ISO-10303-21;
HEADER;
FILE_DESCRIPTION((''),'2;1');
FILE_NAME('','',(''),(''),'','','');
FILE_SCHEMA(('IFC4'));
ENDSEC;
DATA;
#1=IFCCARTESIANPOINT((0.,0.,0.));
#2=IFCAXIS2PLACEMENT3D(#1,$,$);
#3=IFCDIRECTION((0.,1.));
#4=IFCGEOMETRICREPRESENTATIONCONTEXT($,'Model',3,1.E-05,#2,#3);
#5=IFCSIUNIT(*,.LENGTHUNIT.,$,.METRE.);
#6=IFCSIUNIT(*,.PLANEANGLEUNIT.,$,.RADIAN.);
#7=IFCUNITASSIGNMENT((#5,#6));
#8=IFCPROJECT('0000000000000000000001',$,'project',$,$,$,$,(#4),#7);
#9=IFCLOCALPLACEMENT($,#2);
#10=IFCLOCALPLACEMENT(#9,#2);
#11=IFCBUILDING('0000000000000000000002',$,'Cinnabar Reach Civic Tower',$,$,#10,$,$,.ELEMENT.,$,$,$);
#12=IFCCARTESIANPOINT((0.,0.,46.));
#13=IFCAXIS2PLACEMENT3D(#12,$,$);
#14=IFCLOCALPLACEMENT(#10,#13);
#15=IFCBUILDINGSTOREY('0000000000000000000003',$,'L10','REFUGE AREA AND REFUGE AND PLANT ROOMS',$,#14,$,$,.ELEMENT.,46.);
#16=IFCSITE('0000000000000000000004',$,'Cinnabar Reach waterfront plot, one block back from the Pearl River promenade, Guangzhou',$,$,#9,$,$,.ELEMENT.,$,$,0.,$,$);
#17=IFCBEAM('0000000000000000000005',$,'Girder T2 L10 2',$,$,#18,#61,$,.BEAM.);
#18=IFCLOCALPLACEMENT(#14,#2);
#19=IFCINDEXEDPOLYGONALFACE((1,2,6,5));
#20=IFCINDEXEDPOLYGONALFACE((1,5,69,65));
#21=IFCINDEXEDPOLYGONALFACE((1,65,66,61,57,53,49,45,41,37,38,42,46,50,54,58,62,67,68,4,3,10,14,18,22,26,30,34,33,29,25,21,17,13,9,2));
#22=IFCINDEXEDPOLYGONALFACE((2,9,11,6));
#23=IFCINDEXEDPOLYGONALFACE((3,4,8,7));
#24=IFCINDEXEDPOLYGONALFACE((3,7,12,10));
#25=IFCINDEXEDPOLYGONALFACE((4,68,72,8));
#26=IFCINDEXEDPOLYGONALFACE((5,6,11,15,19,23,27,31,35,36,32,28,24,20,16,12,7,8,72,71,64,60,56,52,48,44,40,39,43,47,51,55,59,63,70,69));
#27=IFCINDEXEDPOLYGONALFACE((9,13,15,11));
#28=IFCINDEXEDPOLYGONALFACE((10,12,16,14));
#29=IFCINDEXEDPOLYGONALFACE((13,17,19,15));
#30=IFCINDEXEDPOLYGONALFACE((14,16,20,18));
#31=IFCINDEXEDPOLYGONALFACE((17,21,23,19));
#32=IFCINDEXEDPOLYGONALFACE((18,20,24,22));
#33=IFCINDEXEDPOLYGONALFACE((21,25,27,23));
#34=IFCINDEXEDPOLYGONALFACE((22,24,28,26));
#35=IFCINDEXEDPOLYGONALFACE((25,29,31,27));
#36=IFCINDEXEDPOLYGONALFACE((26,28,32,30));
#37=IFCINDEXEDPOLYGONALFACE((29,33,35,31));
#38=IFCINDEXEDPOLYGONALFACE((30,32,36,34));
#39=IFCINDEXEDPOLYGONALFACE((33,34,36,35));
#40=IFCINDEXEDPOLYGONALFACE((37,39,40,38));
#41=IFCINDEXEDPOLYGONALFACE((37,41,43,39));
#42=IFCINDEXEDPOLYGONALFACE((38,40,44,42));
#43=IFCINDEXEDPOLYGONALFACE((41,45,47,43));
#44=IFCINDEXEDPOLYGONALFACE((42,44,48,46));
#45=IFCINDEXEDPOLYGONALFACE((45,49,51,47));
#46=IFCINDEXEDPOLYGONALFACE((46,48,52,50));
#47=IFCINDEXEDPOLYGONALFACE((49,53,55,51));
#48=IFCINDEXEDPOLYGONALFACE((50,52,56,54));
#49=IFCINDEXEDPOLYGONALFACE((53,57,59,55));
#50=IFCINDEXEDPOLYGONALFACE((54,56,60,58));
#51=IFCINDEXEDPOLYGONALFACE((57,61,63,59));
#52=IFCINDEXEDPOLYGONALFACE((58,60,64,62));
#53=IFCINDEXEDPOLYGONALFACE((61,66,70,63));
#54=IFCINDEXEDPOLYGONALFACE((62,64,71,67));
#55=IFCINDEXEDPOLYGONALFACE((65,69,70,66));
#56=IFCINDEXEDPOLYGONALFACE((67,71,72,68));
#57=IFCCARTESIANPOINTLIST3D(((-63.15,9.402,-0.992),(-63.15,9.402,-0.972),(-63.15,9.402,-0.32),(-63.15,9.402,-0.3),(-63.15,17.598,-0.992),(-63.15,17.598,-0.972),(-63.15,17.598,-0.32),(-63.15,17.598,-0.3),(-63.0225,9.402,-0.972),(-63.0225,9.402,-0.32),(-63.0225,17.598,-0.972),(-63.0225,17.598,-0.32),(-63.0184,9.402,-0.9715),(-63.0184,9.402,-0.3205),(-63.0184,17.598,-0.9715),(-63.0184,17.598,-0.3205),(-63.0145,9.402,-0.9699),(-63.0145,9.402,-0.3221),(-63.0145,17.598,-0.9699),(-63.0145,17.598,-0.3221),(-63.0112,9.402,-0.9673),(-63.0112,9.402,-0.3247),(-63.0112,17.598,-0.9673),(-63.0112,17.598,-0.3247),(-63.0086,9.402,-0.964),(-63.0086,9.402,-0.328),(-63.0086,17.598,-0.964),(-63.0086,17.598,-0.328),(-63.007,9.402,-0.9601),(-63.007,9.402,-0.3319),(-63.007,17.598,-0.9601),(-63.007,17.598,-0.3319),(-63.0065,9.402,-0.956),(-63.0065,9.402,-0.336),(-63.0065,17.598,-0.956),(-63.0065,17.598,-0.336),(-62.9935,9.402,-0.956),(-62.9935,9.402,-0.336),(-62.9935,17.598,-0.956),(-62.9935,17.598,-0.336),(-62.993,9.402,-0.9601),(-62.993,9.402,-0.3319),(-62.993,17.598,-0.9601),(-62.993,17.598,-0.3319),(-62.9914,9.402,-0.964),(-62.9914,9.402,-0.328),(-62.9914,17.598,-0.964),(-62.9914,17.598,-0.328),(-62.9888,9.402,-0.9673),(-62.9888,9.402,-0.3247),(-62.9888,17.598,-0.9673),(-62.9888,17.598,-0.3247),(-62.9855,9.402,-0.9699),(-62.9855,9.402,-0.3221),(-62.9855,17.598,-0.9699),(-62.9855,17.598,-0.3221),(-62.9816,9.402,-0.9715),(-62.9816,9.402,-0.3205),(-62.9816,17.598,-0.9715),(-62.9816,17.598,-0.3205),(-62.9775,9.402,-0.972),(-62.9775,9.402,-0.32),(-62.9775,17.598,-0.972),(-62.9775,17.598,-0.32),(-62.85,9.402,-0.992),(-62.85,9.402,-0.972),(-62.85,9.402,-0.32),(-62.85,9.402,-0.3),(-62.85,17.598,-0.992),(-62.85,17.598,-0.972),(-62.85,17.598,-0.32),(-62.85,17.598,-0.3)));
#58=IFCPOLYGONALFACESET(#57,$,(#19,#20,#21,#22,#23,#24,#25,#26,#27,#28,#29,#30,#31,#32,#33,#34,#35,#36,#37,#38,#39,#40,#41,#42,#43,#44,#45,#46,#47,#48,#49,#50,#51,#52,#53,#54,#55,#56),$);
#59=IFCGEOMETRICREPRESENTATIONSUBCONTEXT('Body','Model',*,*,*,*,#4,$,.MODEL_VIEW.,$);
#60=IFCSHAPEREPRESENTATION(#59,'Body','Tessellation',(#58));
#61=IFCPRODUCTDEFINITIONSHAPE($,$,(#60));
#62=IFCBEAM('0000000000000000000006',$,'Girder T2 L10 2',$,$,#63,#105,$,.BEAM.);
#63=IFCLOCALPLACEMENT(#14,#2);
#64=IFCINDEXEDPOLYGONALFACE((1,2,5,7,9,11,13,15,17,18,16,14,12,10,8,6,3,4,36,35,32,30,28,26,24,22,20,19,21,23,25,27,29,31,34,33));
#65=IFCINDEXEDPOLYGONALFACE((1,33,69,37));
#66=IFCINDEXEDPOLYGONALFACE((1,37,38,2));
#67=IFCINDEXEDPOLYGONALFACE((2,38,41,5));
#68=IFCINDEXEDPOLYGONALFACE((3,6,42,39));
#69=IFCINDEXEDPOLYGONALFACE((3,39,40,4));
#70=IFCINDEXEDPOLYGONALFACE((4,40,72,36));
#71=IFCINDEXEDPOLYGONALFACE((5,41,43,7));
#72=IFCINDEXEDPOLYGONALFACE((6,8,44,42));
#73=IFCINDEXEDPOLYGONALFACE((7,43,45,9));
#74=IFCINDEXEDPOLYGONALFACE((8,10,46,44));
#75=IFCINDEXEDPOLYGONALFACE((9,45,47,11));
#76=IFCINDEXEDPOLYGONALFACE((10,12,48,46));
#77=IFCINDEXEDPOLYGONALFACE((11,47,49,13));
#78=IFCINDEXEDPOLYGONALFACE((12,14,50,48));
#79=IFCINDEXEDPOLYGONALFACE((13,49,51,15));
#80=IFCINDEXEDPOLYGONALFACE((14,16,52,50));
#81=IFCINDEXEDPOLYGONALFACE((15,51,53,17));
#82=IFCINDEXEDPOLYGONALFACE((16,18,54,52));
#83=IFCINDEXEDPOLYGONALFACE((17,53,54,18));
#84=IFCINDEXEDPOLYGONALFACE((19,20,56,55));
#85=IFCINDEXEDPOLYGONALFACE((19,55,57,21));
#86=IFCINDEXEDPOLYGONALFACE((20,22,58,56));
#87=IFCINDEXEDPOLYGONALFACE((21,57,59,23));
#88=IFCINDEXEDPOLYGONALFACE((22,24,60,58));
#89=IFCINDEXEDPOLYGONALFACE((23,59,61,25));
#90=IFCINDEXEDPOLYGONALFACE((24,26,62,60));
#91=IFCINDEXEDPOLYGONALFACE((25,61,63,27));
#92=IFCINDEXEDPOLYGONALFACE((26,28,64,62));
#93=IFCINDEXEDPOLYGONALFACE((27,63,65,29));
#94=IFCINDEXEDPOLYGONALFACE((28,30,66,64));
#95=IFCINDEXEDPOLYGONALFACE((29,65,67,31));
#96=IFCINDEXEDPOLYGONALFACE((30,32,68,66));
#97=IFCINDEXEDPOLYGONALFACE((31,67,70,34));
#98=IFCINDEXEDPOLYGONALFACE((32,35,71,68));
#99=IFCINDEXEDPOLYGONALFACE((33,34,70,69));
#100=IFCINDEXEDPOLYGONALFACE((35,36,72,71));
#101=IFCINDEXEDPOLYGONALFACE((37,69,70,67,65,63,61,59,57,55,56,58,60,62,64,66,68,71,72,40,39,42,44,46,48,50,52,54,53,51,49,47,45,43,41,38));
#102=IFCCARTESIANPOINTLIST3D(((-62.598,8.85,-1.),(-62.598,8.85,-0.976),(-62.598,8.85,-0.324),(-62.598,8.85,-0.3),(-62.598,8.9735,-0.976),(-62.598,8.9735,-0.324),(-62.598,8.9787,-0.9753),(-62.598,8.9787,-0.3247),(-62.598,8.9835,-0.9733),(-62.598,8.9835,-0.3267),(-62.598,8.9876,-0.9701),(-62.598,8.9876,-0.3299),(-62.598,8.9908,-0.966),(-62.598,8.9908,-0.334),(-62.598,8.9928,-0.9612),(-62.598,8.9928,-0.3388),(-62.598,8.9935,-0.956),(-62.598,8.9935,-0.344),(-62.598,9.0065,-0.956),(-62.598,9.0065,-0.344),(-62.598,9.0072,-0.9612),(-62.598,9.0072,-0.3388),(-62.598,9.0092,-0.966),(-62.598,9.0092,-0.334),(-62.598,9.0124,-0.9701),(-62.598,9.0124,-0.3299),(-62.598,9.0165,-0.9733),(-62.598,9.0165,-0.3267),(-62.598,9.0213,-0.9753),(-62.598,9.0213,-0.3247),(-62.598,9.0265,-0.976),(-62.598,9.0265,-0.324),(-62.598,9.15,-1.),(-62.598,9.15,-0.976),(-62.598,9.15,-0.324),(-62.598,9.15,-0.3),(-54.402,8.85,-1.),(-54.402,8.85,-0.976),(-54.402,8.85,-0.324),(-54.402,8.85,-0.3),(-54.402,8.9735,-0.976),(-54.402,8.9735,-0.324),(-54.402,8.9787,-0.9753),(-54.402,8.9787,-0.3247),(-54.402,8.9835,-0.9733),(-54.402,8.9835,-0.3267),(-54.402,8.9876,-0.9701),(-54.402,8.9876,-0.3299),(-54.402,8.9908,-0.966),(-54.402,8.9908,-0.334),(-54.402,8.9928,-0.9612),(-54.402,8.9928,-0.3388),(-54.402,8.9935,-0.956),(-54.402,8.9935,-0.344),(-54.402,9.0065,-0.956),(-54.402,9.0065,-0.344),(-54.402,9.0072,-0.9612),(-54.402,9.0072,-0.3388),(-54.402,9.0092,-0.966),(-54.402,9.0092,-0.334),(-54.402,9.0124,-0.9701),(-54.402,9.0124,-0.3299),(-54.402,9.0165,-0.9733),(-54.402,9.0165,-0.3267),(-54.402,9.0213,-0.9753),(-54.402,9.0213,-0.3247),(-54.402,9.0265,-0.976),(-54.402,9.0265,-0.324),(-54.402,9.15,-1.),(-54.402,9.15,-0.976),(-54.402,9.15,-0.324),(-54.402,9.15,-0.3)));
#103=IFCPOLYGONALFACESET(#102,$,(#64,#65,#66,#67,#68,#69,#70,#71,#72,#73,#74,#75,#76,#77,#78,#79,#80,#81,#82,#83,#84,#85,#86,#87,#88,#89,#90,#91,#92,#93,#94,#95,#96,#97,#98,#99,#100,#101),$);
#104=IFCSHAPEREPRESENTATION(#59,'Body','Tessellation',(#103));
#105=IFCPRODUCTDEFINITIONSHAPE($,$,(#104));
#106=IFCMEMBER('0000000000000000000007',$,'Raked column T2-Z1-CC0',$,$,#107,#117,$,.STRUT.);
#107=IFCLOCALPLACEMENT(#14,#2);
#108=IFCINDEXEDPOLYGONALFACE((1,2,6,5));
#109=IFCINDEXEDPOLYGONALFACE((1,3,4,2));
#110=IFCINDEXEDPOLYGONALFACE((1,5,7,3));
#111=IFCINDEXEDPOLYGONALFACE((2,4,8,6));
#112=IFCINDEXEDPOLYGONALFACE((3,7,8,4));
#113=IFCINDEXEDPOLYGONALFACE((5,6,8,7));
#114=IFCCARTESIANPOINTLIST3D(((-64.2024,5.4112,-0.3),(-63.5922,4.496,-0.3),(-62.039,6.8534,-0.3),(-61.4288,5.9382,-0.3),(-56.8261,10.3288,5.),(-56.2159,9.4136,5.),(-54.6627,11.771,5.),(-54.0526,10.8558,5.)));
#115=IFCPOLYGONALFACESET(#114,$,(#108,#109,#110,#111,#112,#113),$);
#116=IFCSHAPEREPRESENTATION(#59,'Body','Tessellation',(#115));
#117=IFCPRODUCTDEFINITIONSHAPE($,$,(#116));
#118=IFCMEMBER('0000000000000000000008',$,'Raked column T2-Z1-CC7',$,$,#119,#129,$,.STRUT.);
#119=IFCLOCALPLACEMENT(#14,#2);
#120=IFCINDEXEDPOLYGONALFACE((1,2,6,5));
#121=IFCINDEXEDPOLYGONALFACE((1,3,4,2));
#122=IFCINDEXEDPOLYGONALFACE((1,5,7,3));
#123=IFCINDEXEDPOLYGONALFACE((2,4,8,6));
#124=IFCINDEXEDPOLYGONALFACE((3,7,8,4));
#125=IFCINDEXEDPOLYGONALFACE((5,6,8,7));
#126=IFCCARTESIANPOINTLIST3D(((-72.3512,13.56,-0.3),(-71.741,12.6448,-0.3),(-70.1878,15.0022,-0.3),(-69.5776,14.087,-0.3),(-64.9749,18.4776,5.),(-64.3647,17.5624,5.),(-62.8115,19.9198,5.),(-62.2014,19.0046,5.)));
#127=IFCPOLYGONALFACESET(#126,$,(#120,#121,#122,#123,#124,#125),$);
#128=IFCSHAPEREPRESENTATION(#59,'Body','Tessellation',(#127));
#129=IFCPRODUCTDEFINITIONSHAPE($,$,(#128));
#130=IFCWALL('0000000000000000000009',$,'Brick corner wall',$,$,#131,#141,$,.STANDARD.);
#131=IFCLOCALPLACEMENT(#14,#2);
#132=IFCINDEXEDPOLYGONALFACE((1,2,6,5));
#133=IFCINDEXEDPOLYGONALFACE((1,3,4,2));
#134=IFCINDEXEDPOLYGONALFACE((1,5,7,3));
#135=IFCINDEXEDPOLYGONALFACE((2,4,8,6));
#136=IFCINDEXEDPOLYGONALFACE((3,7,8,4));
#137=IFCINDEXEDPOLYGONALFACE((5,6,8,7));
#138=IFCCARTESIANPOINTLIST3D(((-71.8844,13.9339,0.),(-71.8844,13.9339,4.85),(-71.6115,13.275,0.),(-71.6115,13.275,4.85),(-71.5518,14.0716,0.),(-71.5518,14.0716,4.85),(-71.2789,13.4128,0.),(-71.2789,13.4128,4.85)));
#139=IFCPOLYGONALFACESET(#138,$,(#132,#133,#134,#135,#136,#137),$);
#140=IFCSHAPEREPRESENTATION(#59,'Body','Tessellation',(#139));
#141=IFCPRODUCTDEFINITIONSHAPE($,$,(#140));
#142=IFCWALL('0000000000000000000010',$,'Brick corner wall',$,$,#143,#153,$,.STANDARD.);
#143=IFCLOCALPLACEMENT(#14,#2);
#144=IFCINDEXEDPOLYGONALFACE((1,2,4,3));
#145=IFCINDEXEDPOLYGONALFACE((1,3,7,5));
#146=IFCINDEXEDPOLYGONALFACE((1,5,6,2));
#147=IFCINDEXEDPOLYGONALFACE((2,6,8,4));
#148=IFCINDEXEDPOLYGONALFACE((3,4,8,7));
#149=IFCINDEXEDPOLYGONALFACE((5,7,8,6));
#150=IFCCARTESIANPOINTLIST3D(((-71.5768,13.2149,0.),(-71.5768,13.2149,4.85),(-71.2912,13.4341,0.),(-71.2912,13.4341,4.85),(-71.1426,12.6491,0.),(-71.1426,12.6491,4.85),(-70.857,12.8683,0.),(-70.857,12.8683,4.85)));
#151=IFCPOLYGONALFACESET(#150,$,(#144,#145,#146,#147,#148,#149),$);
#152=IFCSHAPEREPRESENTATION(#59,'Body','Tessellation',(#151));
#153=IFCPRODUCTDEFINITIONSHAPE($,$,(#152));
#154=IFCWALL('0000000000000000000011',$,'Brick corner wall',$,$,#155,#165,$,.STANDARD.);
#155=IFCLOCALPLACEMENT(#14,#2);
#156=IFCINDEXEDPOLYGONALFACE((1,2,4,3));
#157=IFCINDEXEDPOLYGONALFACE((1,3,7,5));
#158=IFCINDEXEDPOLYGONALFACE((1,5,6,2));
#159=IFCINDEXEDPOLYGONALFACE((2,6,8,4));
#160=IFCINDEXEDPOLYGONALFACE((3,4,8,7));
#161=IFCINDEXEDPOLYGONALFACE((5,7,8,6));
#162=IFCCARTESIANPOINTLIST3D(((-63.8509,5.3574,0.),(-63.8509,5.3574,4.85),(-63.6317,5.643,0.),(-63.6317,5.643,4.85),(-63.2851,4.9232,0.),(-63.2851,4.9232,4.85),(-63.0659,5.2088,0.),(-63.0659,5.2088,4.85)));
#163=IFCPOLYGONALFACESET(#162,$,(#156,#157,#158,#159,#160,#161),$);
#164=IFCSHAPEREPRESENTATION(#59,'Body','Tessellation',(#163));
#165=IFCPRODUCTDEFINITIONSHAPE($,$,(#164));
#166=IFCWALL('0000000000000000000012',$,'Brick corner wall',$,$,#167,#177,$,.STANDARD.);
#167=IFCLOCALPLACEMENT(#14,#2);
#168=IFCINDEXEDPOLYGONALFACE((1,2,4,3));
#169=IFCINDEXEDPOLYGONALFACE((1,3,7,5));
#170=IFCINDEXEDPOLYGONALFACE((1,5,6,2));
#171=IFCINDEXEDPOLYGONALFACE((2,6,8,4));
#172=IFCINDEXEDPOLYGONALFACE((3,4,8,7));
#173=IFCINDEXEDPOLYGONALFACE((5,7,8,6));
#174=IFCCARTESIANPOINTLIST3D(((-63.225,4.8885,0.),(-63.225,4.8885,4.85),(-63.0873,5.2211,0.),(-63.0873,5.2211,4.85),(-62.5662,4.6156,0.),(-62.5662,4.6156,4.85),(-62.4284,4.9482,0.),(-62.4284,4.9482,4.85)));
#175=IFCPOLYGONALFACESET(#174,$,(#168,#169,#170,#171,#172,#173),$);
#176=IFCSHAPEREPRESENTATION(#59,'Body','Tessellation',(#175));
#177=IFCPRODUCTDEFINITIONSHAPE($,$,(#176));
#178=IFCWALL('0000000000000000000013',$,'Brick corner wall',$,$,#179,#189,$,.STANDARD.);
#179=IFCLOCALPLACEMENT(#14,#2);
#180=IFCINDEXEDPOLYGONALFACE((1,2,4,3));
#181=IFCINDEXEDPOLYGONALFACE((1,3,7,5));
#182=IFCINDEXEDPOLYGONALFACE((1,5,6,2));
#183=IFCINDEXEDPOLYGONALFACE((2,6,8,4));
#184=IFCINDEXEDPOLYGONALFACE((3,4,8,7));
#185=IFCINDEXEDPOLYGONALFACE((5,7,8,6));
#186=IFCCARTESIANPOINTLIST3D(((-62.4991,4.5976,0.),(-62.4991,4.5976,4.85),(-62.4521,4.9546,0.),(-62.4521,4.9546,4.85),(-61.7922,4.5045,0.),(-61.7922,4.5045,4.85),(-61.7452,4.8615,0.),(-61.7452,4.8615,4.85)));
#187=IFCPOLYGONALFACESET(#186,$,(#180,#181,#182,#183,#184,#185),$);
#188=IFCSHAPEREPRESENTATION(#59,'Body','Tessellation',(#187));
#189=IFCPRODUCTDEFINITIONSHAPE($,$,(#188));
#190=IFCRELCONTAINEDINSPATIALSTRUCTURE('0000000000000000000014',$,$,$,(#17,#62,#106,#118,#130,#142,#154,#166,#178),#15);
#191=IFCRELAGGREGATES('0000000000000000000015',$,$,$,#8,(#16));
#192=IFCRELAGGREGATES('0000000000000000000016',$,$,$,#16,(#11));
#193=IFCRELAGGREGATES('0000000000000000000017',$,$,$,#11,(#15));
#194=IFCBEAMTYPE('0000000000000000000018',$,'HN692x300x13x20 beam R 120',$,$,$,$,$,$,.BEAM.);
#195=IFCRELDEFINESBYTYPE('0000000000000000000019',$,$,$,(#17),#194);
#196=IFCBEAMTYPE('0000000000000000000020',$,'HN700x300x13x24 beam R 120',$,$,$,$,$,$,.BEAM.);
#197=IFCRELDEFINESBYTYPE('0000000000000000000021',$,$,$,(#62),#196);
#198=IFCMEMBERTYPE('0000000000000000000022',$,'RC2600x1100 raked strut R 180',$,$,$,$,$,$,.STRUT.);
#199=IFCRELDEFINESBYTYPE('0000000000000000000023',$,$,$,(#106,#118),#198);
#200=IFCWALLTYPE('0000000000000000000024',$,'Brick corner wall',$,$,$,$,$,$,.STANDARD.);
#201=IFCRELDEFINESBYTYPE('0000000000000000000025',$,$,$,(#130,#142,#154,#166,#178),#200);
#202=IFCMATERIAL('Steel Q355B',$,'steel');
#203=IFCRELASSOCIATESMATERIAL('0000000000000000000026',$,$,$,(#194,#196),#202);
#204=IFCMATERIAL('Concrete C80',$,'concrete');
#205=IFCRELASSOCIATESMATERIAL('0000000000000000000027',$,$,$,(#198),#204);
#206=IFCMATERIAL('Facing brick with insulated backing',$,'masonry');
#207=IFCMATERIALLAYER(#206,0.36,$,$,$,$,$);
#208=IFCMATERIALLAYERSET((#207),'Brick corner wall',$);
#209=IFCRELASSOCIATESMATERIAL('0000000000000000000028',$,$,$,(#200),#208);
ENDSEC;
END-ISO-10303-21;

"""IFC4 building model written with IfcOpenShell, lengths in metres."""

from ifc_helpers import new_model, si_unit, direction, frame, frame_2d, origin, origin_2d, place, context, subcontext, project, spatial, rectangle, i_section, extrude, material, layer, layer_set, material_profile, profile_set, type_object, element, save


model = new_model("IFC4")

# Units and contexts
model_context = context("Model", 3, precision=1e-05, world=origin(), true_north=direction((0.0, 1.0)))
body_context = subcontext(model_context, "Body", "Model", "MODEL_VIEW")
ifc_project = project(units=[si_unit("LENGTHUNIT", "METRE"), si_unit("PLANEANGLEUNIT", "RADIAN")], contexts=[model_context])

# Site, building, storey
site_placement = place(None, origin())
site = spatial("IfcSite", under=ifc_project, at=site_placement, Name="Cinnabar Reach waterfront plot, one block back from the Pearl River promenade, Guangzhou", CompositionType="ELEMENT", RefElevation=0.0)
building_placement = place(site_placement, origin())
building = spatial("IfcBuilding", under=site, at=building_placement, Name="Cinnabar Reach Civic Tower", CompositionType="ELEMENT")
storey_placement = place(building_placement, frame((0.0, 0.0, 46.0)))
storey = spatial("IfcBuildingStorey", under=building, at=storey_placement, Name="L10", Description="REFUGE AREA AND REFUGE AND PLANT ROOMS", CompositionType="ELEMENT", Elevation=46.0)

# Shared definitions
ifc_material_1 = material(Name="Concrete C80", Category="concrete")

# Beams
ifc_material_2 = material(Name="Steel Q355B", Category="steel")
ifc_material_profile_1 = material_profile(ifc_material_2, i_section(OverallWidth=0.3, OverallDepth=0.692, WebThickness=0.013, FlangeThickness=0.02, FilletRadius=0.016, at=origin_2d()), Name="HN692x300x13x20")
ifc_profile_set_1 = profile_set([ifc_material_profile_1], Name="Steel Q355B")
beam_type_1 = type_object("IfcBeamType", Name="HN692x300x13x20 beam R 120", PredefinedType="BEAM", material=ifc_profile_set_1)
beam_1_placement = place(storey_placement, frame((-63.0, 9.402, -0.646), z_axis=(0.0, 1.0, 0.0), x_axis=(-1.0, 0.0, 0.0)))
element("IfcBeam", 1, at=beam_1_placement, inside=storey, type_object=beam_type_1, Name="Girder T2 L10 2", PredefinedType="BEAM", context=body_context, shape_type="SweptSolid", body=[
    extrude(i_section(OverallWidth=0.3, OverallDepth=0.692, WebThickness=0.013, FlangeThickness=0.02, FilletRadius=0.016, at=origin_2d()), origin(), (0.0, 0.0, 1.0), 8.196),
])
ifc_material_profile_2 = material_profile(ifc_material_2, i_section(OverallWidth=0.3, OverallDepth=0.7, WebThickness=0.013, FlangeThickness=0.024, FilletRadius=0.02, at=origin_2d()), Name="HN700x300x13x24")
ifc_profile_set_2 = profile_set([ifc_material_profile_2], Name="Steel Q355B")
beam_type_2 = type_object("IfcBeamType", Name="HN700x300x13x24 beam R 120", PredefinedType="BEAM", material=ifc_profile_set_2)
beam_2_placement = place(storey_placement, frame((-62.598, 9.0, -0.65), z_axis=(1.0, 0.0, 0.0), x_axis=(0.0, 1.0, 0.0)))
element("IfcBeam", 2, at=beam_2_placement, inside=storey, type_object=beam_type_2, Name="Girder T2 L10 2", PredefinedType="BEAM", context=body_context, shape_type="SweptSolid", body=[
    extrude(i_section(OverallWidth=0.3, OverallDepth=0.7, WebThickness=0.013, FlangeThickness=0.024, FilletRadius=0.02, at=origin_2d()), origin(), (0.0, 0.0, 1.0), 8.196),
])

# Members
ifc_material_profile_3 = material_profile(ifc_material_1, rectangle(XDim=2.6, YDim=1.1, at=origin_2d()), Name="RC2600x1100")
ifc_profile_set_3 = profile_set([ifc_material_profile_3], Name="Concrete C80")
member_type = type_object("IfcMemberType", Name="RC2600x1100 raked strut R 180", PredefinedType="STRUT", material=ifc_profile_set_3)
for number, where, z_axis, x_axis, name in (
    (3, (-62.8156, 5.6747, -0.3), (0.0, 0.0, 1.0), (0.832051, 0.554699, 0.0), "Raked column T2-Z1-CC0"),
    (4, (-70.9644, 13.8235, -0.3), (0.0, 0.0, 1.0), (0.832051, 0.554699, 0.0), "Raked column T2-Z1-CC7"),
):
    element("IfcMember", number, at=place(storey_placement, frame(where, z_axis=z_axis, x_axis=x_axis)), inside=storey, type_object=member_type, Name=name, PredefinedType="STRUT", context=body_context, shape_type="SweptSolid", body=[
        extrude(rectangle(XDim=2.6, YDim=1.1, at=origin_2d()), origin(), (0.85831, 0.000006, 0.513132), 10.3287),
    ])

# Walls
ifc_material_3 = material(Name="Facing brick with insulated backing", Category="masonry")
ifc_layer_1 = layer(ifc_material_3, 0.36)
ifc_layer_set_1 = layer_set([ifc_layer_1], Name="Brick corner wall")
wall_type_1 = type_object("IfcWallType", Name="Brick corner wall", PredefinedType="STANDARD", material=ifc_layer_set_1)
wall_1_placement = place(storey_placement, frame((-71.7181, 14.0027, 0.0), z_axis=(0.0, 0.0, 1.0), x_axis=(0.382703, -0.923872, 0.0)))
element("IfcWall", 5, at=wall_1_placement, inside=storey, type_object=wall_type_1, Name="Brick corner wall", PredefinedType="STANDARD", context=body_context, shape_type="SweptSolid", body=[
    extrude(rectangle(XDim=0.7131, YDim=0.36, at=frame_2d((0.3565, 0.0))), origin(), (0.0, 0.0, 1.0), 4.85),
])
for number, where, z_axis, x_axis, name in (
    (6, (-71.434, 13.3245, 0.0), (0.0, 0.0, 1.0), (0.608802, -0.793322, 0.0), "Brick corner wall"),
    (7, (-63.7413, 5.5002, 0.0), (0.0, 0.0, 1.0), (0.793322, -0.608802, 0.0), "Brick corner wall"),
):
    element("IfcWall", number, at=place(storey_placement, frame(where, z_axis=z_axis, x_axis=x_axis)), inside=storey, type_object=wall_type_1, Name=name, PredefinedType="STANDARD", context=body_context, shape_type="SweptSolid", body=[
        extrude(rectangle(XDim=0.7132, YDim=0.36, at=frame_2d((0.3566, 0.0))), origin(), (0.0, 0.0, 1.0), 4.85),
    ])
for number, where, z_axis, x_axis, name in (
    (8, (-63.1561, 5.0548, 0.0), (0.0, 0.0, 1.0), (0.923872, -0.382703, 0.0), "Brick corner wall"),
    (9, (-62.4756, 4.7761, 0.0), (0.0, 0.0, 1.0), (0.991441, -0.130556, 0.0), "Brick corner wall"),
):
    element("IfcWall", number, at=place(storey_placement, frame(where, z_axis=z_axis, x_axis=x_axis)), inside=storey, type_object=wall_type_1, Name=name, PredefinedType="STANDARD", context=body_context, shape_type="SweptSolid", body=[
        extrude(rectangle(XDim=0.7131, YDim=0.36, at=frame_2d((0.3565, 0.0))), origin(), (0.0, 0.0, 1.0), 4.85),
    ])

save(model, "model.ifc")
